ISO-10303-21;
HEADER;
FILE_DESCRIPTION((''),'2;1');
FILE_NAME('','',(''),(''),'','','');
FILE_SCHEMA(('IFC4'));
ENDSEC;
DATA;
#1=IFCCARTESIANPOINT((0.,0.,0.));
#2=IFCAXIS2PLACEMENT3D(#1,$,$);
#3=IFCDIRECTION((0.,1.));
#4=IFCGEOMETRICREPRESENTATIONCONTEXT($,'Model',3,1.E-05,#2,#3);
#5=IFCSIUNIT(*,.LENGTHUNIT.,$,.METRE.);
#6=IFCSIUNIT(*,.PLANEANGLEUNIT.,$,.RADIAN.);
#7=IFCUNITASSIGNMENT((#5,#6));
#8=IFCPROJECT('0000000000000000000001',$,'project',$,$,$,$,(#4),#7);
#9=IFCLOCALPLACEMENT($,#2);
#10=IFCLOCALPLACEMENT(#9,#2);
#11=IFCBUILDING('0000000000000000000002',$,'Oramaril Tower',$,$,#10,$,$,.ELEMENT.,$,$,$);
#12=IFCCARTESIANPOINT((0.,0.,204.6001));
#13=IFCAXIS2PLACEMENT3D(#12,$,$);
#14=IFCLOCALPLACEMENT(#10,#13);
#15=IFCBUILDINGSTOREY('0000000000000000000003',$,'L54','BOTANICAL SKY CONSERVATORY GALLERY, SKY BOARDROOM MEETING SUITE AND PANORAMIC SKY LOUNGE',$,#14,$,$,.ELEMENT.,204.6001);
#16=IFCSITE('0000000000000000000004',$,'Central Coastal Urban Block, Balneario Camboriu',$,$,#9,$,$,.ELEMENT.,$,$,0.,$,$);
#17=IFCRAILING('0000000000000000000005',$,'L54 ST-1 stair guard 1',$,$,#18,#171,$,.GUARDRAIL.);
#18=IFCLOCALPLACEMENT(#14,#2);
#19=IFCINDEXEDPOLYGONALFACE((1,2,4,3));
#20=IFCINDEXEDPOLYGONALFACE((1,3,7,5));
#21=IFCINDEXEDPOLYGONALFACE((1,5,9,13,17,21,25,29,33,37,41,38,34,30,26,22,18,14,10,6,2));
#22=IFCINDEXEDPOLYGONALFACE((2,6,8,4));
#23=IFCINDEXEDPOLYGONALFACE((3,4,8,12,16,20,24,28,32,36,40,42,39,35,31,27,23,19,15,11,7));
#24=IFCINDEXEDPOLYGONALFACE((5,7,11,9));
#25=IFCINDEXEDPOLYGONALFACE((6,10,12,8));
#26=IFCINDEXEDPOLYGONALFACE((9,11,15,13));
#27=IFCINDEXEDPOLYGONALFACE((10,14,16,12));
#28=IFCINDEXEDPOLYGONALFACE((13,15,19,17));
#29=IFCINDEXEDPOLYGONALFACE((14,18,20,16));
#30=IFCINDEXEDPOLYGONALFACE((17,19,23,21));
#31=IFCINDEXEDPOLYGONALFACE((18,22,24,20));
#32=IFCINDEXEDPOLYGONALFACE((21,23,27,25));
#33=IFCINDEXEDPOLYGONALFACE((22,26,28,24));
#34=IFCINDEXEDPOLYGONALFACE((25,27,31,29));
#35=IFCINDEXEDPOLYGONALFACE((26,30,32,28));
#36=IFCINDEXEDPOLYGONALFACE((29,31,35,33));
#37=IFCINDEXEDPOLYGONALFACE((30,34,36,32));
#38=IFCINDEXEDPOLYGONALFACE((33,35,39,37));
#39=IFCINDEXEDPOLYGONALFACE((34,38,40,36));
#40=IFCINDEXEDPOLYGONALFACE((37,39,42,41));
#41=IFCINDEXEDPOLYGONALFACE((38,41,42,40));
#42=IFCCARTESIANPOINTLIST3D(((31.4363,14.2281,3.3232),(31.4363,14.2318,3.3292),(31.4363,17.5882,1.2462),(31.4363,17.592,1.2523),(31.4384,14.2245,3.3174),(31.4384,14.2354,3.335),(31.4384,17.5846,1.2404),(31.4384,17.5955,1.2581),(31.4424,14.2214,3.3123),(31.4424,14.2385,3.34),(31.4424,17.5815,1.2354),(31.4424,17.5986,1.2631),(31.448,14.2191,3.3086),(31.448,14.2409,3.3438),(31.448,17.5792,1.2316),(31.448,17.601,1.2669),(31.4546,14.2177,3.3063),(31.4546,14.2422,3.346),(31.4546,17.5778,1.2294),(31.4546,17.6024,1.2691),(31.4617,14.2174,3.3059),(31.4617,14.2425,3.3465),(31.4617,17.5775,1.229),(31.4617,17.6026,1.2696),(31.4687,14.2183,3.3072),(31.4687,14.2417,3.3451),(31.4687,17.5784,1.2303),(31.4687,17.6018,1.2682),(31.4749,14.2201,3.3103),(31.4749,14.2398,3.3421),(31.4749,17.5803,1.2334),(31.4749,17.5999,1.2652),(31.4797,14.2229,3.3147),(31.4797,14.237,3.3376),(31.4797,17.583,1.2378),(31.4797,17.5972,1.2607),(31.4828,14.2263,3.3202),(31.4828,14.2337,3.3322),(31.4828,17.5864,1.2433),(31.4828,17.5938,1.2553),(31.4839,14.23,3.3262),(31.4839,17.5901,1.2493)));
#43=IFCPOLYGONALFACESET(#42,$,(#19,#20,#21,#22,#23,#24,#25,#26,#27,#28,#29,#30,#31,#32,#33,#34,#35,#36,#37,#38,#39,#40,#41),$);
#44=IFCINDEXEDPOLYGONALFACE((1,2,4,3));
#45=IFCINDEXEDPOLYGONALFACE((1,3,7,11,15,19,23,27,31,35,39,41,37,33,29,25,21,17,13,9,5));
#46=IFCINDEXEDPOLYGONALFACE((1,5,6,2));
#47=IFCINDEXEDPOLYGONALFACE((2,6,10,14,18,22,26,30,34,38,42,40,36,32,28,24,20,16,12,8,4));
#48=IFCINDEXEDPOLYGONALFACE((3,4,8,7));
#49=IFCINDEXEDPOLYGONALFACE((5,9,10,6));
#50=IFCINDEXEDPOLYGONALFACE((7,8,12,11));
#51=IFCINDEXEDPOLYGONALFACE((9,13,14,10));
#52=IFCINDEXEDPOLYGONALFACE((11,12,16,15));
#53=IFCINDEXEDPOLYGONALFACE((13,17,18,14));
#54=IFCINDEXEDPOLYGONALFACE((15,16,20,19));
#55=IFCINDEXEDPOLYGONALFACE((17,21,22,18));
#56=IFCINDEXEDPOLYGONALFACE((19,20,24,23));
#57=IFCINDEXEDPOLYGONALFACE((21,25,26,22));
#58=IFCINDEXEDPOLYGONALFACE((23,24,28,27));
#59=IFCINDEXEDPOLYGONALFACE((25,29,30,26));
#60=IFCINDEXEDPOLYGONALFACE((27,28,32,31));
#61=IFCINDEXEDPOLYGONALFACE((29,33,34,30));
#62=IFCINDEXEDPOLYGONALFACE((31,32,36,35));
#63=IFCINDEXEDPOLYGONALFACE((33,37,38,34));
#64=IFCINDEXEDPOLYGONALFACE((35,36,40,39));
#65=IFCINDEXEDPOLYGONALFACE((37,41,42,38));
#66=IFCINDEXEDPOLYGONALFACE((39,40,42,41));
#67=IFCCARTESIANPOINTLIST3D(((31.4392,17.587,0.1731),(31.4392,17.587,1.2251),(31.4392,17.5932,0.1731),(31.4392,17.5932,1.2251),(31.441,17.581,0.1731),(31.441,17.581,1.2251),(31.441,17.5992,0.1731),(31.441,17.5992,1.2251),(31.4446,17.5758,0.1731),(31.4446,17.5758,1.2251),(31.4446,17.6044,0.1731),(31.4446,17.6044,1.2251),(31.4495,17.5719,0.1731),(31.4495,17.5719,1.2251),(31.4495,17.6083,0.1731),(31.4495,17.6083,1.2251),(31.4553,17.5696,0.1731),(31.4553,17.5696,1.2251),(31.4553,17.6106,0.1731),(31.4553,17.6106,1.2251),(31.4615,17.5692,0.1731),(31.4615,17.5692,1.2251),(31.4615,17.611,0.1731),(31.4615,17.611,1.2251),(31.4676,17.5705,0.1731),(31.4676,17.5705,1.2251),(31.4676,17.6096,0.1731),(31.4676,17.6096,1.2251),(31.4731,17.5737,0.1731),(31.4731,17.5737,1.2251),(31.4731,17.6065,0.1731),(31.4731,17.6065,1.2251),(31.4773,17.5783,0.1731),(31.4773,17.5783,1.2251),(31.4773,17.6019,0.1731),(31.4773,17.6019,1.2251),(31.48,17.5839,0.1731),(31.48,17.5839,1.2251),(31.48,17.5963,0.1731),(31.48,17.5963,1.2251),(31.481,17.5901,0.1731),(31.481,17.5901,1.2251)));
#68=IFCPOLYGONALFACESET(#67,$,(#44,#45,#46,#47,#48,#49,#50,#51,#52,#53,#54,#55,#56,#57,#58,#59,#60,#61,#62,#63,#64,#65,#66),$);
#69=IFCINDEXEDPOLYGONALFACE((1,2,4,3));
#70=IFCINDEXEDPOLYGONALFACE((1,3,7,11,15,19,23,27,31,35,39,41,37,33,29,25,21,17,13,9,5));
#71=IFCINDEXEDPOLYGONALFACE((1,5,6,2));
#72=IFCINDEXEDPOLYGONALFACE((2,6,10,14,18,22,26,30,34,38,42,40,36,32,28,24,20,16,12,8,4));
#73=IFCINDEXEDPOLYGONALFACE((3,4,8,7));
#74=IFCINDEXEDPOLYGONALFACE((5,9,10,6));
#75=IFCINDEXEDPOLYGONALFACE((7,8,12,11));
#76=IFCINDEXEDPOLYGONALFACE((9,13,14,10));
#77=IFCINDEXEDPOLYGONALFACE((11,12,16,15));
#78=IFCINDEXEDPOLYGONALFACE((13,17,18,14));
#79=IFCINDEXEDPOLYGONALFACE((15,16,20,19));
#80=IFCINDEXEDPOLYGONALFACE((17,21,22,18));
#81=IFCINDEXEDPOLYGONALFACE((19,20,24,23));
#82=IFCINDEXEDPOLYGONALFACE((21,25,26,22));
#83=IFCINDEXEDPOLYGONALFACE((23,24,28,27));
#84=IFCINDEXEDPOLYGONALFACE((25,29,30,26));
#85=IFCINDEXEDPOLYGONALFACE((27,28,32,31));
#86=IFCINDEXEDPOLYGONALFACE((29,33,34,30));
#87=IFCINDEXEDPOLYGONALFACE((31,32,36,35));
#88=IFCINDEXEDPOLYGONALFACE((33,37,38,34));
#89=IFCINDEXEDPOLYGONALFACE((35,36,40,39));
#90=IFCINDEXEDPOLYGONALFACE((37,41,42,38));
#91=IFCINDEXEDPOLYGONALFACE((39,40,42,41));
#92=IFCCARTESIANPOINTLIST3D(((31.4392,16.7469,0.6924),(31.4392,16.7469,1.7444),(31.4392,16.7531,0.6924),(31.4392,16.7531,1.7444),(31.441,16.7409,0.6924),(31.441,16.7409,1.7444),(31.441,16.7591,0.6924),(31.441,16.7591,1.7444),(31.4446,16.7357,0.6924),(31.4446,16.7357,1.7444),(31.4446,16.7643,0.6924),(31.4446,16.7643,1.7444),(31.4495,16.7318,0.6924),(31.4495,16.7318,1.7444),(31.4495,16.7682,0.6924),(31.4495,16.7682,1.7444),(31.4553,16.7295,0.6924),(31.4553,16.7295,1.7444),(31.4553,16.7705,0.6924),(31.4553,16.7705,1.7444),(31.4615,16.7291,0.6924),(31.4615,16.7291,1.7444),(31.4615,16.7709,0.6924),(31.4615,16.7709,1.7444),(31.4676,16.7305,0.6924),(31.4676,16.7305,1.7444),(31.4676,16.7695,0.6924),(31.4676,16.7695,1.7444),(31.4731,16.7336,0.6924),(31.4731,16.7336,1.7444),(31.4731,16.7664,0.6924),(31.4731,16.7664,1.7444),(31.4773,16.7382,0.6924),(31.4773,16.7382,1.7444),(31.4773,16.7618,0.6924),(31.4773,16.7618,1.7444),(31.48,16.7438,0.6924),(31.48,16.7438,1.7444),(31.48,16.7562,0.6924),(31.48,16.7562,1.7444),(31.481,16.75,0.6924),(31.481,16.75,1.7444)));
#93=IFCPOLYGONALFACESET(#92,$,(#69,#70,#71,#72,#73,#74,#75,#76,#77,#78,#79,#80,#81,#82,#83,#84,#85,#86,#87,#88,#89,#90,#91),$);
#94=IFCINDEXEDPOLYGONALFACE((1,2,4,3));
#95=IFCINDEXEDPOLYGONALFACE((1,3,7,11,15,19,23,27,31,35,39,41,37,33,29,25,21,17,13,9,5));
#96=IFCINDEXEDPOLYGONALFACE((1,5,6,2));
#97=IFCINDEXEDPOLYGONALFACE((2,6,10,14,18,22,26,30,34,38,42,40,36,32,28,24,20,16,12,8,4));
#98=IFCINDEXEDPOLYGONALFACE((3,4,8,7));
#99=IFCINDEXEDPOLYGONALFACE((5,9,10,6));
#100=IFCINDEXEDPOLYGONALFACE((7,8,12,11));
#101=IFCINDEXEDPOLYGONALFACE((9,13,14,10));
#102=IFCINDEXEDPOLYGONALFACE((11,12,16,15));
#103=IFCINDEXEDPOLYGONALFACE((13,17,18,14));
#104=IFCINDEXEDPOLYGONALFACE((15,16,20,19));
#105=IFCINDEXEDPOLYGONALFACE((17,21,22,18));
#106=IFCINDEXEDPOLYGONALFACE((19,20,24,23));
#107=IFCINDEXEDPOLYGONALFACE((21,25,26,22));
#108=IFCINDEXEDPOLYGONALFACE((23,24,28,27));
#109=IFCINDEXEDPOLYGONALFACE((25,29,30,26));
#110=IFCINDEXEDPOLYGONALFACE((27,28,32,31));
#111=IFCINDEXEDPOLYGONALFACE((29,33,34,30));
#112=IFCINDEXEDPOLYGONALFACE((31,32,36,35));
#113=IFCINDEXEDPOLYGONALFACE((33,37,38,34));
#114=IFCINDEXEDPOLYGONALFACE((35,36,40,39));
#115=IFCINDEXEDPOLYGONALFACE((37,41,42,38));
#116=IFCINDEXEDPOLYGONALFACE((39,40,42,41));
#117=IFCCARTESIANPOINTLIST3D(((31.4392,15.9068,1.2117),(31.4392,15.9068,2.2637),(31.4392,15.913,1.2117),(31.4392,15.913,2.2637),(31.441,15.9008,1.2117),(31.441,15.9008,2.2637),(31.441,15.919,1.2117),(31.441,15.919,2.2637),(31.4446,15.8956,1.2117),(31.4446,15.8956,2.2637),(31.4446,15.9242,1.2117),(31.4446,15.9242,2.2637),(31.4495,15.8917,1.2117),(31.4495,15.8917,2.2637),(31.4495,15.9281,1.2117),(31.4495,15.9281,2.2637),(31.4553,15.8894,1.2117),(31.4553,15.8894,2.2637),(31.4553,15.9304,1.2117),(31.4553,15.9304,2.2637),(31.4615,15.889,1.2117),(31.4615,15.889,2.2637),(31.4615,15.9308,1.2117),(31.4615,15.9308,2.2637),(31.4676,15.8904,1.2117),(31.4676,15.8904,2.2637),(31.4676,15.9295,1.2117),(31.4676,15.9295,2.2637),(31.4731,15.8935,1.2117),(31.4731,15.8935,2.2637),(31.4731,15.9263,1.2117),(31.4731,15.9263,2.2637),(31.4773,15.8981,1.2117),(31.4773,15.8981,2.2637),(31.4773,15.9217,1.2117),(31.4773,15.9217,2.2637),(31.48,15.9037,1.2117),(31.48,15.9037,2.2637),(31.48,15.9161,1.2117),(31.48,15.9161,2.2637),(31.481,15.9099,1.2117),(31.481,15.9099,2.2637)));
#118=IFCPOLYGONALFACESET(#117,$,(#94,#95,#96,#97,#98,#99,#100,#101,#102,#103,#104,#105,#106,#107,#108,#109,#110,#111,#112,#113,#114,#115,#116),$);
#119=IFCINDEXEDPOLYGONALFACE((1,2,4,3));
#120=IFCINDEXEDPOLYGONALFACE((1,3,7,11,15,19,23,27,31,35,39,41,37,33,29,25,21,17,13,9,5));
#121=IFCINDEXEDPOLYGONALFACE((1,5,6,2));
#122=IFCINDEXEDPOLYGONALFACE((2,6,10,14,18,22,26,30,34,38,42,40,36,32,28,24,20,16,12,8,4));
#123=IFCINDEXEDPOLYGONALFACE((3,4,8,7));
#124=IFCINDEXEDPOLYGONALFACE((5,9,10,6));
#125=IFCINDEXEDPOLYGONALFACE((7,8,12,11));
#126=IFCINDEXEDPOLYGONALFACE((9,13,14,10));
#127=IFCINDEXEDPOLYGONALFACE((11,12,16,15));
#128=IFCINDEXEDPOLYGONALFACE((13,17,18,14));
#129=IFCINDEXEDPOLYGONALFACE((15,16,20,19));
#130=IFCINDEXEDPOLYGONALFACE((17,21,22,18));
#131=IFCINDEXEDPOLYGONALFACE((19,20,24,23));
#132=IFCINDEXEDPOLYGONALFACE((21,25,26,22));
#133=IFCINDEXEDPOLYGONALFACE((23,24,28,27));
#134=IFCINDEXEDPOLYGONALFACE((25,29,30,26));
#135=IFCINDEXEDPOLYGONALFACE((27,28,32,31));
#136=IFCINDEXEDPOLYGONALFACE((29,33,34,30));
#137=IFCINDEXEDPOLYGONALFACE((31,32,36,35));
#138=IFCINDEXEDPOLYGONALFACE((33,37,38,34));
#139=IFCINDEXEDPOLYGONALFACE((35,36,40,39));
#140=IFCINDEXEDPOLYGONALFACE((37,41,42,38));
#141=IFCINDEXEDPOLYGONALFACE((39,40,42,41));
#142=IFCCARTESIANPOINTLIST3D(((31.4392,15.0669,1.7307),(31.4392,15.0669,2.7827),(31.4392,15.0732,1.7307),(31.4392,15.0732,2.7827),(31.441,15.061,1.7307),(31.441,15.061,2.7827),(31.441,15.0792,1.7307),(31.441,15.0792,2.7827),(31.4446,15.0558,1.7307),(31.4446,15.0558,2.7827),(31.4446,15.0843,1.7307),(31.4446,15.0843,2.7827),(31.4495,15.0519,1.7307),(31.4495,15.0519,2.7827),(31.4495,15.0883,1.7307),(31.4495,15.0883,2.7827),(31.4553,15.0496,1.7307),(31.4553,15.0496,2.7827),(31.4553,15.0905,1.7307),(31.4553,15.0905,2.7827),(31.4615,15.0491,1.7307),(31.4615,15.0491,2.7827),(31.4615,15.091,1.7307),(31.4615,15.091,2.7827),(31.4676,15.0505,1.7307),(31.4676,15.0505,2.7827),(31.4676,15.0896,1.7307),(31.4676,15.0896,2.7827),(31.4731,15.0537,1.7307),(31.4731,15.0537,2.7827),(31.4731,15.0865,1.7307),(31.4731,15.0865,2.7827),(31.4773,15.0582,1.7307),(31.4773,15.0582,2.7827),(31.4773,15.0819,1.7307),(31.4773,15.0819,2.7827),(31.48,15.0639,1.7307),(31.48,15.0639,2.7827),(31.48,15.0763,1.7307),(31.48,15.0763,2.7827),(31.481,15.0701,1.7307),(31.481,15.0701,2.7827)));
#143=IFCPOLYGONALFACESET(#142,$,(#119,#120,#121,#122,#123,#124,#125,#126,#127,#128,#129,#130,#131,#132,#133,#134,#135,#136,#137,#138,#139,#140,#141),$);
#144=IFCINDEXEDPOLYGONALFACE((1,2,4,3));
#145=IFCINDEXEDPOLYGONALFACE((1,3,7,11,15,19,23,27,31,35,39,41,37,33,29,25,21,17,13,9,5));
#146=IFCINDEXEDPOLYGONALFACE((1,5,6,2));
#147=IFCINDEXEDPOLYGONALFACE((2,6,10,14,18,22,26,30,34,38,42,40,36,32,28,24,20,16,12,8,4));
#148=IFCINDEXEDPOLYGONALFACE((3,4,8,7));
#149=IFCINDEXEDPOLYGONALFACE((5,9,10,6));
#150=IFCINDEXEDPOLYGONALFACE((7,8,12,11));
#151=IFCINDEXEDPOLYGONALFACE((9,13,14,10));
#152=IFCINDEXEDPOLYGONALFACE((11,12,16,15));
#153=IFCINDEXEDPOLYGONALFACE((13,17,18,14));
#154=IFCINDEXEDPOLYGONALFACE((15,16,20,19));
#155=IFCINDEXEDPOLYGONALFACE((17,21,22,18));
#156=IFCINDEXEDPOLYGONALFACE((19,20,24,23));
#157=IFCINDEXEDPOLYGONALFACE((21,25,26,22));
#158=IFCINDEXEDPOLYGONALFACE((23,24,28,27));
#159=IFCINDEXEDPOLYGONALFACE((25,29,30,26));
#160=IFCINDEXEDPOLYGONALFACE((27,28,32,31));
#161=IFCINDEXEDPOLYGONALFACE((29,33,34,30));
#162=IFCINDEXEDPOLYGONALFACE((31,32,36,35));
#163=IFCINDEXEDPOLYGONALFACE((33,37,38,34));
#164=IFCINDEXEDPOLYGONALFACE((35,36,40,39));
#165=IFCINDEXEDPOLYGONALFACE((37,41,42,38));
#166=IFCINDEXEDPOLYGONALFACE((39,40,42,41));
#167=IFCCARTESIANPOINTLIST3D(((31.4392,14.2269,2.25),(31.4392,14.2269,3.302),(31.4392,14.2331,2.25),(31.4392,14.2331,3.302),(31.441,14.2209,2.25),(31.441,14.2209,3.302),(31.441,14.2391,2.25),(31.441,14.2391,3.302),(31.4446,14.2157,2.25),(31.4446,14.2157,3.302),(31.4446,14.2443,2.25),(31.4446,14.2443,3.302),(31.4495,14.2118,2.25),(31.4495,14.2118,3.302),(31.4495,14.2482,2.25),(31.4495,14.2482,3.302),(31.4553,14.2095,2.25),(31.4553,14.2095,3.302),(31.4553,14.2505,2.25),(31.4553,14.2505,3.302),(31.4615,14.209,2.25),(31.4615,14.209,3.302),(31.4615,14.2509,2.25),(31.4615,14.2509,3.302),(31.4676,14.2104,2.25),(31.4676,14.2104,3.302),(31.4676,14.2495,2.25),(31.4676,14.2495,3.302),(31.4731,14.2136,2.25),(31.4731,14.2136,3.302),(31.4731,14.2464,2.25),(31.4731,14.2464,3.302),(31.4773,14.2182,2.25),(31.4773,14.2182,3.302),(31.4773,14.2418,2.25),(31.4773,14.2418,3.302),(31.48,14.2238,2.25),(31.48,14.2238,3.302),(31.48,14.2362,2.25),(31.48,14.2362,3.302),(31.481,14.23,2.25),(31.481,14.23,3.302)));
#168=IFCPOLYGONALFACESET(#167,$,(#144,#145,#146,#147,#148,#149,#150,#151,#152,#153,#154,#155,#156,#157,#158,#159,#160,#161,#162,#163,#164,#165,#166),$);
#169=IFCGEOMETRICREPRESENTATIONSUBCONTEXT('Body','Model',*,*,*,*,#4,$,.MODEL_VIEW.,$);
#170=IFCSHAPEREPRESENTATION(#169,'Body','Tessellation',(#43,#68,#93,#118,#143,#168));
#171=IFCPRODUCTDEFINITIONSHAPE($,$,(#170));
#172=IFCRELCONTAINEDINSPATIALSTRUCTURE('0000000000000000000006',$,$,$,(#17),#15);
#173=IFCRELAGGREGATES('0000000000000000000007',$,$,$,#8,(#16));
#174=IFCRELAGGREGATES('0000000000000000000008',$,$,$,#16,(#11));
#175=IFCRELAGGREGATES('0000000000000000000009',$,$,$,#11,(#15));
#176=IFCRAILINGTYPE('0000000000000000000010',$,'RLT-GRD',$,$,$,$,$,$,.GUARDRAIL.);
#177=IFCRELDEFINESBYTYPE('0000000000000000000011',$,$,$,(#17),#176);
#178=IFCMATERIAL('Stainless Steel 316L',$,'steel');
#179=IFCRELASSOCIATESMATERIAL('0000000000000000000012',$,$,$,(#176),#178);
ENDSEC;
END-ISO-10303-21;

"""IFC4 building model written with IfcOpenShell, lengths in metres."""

from ifc_helpers import new_model, si_unit, direction, frame, origin, origin_2d, place, context, subcontext, project, spatial, circle, extrude, material, type_object, element, save


model = new_model("IFC4")

# Units and contexts
model_context = context("Model", 3, precision=1e-05, world=origin(), true_north=direction((0.0, 1.0)))
body_context = subcontext(model_context, "Body", "Model", "MODEL_VIEW")
ifc_project = project(units=[si_unit("LENGTHUNIT", "METRE"), si_unit("PLANEANGLEUNIT", "RADIAN")], contexts=[model_context])

# Site, building, storey
site_placement = place(None, origin())
site = spatial("IfcSite", under=ifc_project, at=site_placement, Name="Central Coastal Urban Block, Balneario Camboriu", CompositionType="ELEMENT", RefElevation=0.0)
building_placement = place(site_placement, origin())
building = spatial("IfcBuilding", under=site, at=building_placement, Name="Oramaril Tower", CompositionType="ELEMENT")
storey_placement = place(building_placement, frame((0.0, 0.0, 204.6001)))
storey = spatial("IfcBuildingStorey", under=building, at=storey_placement, Name="L54", Description="BOTANICAL SKY CONSERVATORY GALLERY, SKY BOARDROOM MEETING SUITE AND PANORAMIC SKY LOUNGE", CompositionType="ELEMENT", Elevation=204.6001)

# Railing
ifc_material_1 = material(Name="Stainless Steel 316L", Category="steel")
railing_type_1 = type_object("IfcRailingType", Name="RLT-GRD", PredefinedType="GUARDRAIL", material=ifc_material_1)
railing_1_placement = place(storey_placement, frame((31.46, 17.5901, 0.1731)))
element("IfcRailing", 1, at=railing_1_placement, inside=storey, type_object=railing_type_1, Name="L54 ST-1 stair guard 1", PredefinedType="GUARDRAIL", context=body_context, shape_type="SweptSolid", body=[
    extrude(circle(Radius=0.0239, at=origin_2d()), frame((0.0, 0.0, 1.0762), z_axis=(0.0, -0.850623, 0.525776), x_axis=(1.0, 0.0, 0.0)), (0.0, 0.0, 1.0), 3.9502),
    extrude(circle(Radius=0.021, at=origin_2d()), origin(), (0.0, 0.0, 1.0), 1.052),
    extrude(circle(Radius=0.021, at=origin_2d()), frame((0.0, -0.8401, 0.5193)), (0.0, 0.0, 1.0), 1.052),
    extrude(circle(Radius=0.021, at=origin_2d()), frame((0.0, -1.6802, 1.0386)), (0.0, 0.0, 1.0), 1.052),
    extrude(circle(Radius=0.021, at=origin_2d()), frame((0.0, -2.52, 1.5576)), (0.0, 0.0, 1.0), 1.052),
    extrude(circle(Radius=0.021, at=origin_2d()), frame((0.0, -3.3601, 2.0769)), (0.0, 0.0, 1.0), 1.052),
])

save(model, "model.ifc")
